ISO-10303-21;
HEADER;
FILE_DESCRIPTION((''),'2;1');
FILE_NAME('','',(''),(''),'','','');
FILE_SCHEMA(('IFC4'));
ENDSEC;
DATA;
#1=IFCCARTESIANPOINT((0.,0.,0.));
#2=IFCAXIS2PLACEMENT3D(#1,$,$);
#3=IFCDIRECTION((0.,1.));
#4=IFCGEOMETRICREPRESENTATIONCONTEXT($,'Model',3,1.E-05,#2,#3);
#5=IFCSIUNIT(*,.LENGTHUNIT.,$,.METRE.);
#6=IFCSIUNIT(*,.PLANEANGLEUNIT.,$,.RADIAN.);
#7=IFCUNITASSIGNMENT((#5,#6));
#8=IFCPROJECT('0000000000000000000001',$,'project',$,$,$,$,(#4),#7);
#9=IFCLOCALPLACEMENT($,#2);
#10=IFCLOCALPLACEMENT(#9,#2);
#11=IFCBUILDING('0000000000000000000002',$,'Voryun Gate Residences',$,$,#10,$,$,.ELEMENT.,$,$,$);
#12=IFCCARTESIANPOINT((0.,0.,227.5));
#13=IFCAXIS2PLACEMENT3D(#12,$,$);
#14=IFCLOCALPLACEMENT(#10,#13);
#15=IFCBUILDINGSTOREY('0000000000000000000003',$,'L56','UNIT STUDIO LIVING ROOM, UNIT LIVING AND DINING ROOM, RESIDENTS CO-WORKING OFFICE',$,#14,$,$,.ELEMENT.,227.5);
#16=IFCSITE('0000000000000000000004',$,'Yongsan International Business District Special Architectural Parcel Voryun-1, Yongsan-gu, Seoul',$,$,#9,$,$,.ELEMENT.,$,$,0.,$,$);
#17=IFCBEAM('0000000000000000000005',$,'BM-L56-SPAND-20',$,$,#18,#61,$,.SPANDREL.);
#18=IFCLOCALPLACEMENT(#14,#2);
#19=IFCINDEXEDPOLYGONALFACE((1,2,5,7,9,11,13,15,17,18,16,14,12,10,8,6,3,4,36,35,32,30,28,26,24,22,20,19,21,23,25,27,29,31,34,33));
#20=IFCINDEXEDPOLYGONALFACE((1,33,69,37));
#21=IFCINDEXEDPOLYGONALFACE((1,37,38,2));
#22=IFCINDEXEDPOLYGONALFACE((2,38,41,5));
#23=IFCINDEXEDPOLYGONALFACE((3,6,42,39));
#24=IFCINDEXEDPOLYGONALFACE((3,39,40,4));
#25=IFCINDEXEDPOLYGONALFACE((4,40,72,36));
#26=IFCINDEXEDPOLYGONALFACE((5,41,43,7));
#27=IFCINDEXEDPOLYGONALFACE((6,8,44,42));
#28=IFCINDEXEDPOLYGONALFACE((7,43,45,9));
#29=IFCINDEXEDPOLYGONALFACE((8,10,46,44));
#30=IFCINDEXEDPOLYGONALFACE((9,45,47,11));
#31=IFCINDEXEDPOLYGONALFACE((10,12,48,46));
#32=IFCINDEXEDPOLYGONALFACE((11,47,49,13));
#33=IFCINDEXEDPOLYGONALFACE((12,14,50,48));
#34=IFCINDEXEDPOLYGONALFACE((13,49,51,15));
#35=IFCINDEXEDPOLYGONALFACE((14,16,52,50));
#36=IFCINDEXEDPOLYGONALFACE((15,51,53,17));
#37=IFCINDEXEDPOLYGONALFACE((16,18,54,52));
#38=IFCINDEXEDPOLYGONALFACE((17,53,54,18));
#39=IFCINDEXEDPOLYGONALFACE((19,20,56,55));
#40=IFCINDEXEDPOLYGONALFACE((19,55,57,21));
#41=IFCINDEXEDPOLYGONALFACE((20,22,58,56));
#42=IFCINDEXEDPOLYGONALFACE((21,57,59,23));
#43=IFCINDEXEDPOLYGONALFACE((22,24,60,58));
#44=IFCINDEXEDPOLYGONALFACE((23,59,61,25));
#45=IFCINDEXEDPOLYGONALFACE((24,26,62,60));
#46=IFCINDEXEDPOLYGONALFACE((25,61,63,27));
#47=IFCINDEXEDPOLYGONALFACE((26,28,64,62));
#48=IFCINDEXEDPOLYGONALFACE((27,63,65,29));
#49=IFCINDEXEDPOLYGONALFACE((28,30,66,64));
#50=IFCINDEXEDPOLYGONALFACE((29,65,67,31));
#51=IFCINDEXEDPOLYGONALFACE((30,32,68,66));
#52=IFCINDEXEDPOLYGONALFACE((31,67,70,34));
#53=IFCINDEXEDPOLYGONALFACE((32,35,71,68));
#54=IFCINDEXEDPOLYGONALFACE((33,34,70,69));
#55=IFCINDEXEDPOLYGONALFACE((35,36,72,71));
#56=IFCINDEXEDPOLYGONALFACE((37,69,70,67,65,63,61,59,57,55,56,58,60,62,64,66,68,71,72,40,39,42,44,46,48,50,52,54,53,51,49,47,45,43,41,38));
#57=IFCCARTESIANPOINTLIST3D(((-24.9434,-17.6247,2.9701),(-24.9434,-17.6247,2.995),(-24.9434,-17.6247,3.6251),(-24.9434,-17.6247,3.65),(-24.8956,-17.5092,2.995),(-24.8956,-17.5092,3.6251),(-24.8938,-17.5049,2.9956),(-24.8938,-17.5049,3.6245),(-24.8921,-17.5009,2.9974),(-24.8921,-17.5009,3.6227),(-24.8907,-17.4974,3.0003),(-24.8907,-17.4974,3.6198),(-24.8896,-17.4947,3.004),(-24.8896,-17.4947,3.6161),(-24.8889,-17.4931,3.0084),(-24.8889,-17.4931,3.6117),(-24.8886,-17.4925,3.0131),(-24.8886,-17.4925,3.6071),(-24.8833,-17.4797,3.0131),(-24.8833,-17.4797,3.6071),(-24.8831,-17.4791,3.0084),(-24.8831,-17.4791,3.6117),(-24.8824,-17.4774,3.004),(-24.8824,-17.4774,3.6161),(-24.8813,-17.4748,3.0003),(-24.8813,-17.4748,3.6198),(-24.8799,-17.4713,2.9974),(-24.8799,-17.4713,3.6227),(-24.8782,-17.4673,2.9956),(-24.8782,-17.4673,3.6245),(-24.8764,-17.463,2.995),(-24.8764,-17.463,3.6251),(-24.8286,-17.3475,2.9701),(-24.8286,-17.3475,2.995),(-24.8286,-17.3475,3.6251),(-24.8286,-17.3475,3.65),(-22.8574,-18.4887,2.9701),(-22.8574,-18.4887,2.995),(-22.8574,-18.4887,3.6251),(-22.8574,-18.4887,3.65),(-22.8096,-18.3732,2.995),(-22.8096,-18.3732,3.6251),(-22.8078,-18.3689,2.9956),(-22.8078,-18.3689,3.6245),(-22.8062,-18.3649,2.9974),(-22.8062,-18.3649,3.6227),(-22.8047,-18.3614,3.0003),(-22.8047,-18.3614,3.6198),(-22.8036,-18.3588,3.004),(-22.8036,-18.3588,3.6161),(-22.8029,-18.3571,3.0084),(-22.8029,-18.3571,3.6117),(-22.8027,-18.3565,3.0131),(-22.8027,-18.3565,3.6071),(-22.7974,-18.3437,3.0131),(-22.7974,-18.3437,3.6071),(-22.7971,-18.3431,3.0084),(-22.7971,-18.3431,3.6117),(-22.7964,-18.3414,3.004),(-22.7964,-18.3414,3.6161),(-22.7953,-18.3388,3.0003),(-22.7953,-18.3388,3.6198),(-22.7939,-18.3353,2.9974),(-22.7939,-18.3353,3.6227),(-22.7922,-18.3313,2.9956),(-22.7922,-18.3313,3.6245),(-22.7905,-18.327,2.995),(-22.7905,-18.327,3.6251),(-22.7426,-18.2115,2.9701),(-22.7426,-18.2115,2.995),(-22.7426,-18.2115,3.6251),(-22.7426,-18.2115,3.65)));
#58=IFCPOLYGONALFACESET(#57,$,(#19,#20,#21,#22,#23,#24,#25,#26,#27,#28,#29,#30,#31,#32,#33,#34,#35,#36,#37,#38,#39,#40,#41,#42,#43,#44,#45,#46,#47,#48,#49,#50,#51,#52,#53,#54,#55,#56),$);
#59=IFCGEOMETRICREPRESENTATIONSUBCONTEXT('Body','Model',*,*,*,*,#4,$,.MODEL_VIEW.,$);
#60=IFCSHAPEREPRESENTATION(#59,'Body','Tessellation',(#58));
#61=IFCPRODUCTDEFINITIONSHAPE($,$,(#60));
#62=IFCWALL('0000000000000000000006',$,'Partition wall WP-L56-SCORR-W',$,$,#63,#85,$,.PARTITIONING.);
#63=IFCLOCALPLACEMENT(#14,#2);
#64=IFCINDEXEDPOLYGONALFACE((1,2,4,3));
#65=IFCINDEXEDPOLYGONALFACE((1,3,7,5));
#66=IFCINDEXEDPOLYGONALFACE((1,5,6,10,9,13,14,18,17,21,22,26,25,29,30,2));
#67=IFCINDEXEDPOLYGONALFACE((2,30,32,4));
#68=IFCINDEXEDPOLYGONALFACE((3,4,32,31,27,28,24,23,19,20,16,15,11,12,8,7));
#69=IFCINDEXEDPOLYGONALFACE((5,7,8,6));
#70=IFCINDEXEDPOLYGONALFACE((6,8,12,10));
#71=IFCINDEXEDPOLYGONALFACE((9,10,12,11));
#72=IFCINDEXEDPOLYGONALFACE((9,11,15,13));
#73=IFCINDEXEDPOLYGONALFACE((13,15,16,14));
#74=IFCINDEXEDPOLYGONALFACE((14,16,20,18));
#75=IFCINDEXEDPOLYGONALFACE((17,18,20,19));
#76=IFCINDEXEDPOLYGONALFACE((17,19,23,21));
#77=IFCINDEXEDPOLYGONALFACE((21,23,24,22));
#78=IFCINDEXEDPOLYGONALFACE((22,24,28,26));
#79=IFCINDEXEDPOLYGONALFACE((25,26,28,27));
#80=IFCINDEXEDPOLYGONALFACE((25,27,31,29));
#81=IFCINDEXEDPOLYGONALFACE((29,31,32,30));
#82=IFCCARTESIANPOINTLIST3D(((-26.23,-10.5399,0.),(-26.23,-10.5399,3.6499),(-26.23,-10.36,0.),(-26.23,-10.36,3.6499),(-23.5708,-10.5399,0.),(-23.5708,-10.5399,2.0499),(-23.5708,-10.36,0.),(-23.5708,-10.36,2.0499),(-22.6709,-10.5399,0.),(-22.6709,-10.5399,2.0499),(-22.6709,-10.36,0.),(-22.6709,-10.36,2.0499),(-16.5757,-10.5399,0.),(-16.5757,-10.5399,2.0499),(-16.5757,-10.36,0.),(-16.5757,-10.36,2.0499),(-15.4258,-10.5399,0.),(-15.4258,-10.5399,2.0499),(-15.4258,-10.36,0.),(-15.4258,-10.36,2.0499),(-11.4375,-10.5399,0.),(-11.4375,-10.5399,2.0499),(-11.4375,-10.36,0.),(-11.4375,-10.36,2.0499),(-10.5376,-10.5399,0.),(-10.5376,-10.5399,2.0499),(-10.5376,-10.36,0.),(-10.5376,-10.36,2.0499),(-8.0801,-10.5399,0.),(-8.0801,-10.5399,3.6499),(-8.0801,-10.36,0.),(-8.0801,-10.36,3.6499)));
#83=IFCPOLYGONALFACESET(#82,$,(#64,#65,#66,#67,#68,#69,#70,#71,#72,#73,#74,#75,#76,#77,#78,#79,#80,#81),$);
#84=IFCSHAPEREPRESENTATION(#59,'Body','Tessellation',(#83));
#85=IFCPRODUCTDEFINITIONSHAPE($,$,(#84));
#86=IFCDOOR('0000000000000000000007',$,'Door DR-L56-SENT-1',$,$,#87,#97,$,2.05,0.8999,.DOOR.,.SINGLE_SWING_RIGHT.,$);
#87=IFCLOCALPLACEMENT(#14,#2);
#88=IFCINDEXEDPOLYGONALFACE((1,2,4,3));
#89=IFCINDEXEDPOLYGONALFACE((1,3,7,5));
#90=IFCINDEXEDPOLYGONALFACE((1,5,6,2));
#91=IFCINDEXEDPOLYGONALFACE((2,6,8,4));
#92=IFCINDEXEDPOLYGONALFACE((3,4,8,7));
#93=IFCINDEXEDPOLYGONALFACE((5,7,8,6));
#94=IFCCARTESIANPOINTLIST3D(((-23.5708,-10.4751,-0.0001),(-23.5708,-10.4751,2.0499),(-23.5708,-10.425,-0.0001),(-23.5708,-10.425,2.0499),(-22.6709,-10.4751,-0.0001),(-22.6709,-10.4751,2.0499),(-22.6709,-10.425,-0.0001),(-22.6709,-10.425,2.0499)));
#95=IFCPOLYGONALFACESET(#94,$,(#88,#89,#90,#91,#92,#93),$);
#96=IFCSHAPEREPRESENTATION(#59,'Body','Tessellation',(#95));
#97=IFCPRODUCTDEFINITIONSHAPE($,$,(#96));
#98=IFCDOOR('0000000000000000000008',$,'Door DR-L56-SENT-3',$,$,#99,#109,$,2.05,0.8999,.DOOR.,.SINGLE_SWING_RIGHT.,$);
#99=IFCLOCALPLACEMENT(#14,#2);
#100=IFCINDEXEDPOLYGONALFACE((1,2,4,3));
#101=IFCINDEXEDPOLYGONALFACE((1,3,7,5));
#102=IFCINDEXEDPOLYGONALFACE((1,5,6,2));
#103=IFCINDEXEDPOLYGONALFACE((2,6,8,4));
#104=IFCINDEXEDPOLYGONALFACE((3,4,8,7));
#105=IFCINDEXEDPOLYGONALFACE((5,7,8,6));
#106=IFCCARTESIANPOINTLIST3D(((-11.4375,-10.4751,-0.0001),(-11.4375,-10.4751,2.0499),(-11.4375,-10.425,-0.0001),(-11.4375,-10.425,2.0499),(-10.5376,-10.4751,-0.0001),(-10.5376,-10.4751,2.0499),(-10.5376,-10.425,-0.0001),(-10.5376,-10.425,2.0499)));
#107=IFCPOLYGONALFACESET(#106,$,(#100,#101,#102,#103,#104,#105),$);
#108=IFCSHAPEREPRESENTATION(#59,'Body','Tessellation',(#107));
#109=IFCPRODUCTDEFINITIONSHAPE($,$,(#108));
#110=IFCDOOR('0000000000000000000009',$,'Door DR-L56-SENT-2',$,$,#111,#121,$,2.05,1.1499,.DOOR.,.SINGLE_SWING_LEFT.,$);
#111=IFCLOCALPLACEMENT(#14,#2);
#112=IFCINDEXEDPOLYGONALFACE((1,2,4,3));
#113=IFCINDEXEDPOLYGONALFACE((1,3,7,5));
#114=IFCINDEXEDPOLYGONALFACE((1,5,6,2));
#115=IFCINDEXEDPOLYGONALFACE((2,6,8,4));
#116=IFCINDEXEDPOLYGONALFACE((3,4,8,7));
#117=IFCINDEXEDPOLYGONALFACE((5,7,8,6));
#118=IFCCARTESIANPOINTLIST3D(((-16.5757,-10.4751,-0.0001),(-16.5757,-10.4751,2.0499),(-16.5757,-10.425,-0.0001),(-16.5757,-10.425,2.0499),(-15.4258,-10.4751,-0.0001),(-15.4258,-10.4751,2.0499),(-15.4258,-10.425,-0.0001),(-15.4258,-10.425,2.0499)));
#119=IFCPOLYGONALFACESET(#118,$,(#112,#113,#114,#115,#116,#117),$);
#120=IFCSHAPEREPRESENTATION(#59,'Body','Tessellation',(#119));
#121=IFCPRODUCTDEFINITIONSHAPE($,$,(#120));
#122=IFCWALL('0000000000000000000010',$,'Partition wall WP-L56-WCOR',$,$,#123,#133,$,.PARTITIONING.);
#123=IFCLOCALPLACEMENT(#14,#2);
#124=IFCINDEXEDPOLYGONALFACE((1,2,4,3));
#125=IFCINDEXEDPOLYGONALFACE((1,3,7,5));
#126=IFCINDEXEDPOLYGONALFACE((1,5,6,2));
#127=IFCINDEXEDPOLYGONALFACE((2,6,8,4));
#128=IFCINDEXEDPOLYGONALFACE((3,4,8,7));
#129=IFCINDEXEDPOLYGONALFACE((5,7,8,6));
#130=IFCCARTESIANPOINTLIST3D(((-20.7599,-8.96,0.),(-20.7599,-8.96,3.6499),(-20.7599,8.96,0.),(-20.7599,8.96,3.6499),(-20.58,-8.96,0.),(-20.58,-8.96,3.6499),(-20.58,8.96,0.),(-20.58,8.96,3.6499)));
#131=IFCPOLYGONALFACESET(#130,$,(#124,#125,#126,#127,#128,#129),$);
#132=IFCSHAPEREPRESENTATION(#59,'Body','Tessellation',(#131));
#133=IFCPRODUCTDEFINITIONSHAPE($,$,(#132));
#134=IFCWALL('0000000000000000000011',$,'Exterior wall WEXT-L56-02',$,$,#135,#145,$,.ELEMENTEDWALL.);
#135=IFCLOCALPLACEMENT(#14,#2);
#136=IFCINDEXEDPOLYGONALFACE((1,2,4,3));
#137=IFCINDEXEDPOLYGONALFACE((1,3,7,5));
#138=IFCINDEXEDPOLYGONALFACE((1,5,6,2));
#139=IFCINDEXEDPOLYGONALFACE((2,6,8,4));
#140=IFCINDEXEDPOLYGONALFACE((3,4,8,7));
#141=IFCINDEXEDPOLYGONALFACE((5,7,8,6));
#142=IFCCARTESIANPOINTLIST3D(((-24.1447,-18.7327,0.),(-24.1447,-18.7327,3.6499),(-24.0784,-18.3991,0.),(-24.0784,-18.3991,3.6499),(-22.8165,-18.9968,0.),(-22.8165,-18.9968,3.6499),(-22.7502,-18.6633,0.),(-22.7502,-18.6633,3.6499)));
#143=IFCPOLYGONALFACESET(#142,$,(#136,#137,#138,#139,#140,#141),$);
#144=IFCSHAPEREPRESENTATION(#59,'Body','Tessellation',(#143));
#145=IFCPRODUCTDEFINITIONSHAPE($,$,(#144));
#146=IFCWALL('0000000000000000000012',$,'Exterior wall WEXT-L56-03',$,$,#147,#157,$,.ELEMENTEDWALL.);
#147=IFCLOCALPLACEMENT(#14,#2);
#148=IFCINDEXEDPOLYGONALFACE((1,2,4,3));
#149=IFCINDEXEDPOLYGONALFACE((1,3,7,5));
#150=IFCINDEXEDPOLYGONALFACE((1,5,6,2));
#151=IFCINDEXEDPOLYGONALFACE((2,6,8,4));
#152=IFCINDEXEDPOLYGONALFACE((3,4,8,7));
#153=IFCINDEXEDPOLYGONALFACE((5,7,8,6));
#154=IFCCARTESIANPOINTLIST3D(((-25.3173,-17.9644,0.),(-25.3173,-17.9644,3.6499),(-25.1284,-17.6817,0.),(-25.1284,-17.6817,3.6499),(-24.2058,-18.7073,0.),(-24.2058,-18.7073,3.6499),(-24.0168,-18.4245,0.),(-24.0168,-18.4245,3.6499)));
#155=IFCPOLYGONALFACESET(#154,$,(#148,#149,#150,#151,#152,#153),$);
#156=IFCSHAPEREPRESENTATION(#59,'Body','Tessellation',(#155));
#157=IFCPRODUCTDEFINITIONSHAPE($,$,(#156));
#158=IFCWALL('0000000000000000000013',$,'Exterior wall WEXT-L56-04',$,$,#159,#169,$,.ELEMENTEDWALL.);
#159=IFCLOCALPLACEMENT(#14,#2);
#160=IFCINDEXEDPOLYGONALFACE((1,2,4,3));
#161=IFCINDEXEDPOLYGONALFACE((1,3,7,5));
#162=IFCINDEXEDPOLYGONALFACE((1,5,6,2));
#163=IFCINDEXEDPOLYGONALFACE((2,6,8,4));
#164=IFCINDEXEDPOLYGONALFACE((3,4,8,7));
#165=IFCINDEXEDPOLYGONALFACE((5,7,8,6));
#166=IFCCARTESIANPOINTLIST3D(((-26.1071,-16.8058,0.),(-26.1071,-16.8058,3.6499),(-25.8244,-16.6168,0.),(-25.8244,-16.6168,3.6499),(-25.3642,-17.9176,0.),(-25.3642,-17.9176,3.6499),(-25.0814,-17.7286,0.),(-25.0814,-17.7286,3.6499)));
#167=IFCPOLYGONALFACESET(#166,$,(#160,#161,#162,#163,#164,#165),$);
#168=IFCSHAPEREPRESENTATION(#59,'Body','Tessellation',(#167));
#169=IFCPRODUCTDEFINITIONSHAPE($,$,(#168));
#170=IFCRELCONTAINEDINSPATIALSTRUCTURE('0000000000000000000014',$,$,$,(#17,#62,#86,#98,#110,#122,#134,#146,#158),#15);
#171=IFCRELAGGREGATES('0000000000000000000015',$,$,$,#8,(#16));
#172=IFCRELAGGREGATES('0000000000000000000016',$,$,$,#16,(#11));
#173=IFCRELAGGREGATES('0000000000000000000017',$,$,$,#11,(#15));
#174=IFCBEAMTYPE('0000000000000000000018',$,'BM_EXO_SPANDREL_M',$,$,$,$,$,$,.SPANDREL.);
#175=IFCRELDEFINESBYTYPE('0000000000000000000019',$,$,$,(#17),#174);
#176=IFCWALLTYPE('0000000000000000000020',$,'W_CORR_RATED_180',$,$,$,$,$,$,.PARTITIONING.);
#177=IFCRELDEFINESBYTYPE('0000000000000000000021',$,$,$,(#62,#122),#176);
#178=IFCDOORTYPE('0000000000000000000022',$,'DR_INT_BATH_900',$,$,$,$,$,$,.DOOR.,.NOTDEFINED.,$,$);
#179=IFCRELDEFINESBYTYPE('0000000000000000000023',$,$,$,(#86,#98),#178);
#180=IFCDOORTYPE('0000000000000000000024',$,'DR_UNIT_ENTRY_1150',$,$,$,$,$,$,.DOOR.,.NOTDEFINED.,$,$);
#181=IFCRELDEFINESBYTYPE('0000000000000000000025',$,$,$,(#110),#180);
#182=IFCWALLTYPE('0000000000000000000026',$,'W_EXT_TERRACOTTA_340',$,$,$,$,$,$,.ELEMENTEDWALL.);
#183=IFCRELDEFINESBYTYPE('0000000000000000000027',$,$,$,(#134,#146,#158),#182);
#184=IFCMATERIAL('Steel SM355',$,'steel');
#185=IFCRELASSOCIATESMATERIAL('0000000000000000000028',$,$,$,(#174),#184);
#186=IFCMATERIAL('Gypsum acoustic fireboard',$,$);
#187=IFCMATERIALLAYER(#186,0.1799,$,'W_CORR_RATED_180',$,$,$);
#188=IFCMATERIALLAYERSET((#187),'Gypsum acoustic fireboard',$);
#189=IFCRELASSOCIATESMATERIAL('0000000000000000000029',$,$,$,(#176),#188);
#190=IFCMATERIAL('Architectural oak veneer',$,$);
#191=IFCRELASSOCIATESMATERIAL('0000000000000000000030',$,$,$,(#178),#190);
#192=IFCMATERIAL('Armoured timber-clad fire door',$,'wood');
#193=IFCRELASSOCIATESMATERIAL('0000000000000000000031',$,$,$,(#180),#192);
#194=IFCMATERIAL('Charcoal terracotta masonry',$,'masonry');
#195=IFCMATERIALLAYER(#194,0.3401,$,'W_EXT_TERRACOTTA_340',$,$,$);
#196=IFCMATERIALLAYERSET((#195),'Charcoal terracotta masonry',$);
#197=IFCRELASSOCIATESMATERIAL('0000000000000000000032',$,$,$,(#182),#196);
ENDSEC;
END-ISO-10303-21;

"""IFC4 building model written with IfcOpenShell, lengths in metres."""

from ifc_helpers import new_model, si_unit, direction, frame, frame_2d, origin, origin_2d, place, context, subcontext, project, spatial, rectangle, i_section, extrude, material, layer, layer_set, material_profile, profile_set, type_object, element, fill, save


model = new_model("IFC4")

# Units and contexts
model_context = context("Model", 3, precision=1e-05, world=origin(), true_north=direction((0.0, 1.0)))
body_context = subcontext(model_context, "Body", "Model", "MODEL_VIEW")
ifc_project = project(units=[si_unit("LENGTHUNIT", "METRE"), si_unit("PLANEANGLEUNIT", "RADIAN")], contexts=[model_context])

# Site, building, storey
site_placement = place(None, origin())
site = spatial("IfcSite", under=ifc_project, at=site_placement, Name="Yongsan International Business District Special Architectural Parcel Voryun-1, Yongsan-gu, Seoul", CompositionType="ELEMENT", RefElevation=0.0)
building_placement = place(site_placement, origin())
building = spatial("IfcBuilding", under=site, at=building_placement, Name="Voryun Gate Residences", CompositionType="ELEMENT")
storey_placement = place(building_placement, frame((0.0, 0.0, 227.5)))
storey = spatial("IfcBuildingStorey", under=building, at=storey_placement, Name="L56", Description="UNIT STUDIO LIVING ROOM, UNIT LIVING AND DINING ROOM, RESIDENTS CO-WORKING OFFICE", CompositionType="ELEMENT", Elevation=227.5)

# Beam
ifc_material_1 = material(Name="Steel SM355", Category="steel")
ifc_material_profile_1 = material_profile(ifc_material_1, i_section(OverallWidth=0.3, OverallDepth=0.6799, WebThickness=0.0139, FlangeThickness=0.0249, FilletRadius=0.0181, at=origin_2d()), Name="H-680x300x14x25")
ifc_profile_set_1 = profile_set([ifc_material_profile_1], Name="Steel SM355")
beam_type = type_object("IfcBeamType", Name="BM_EXO_SPANDREL_M", PredefinedType="SPANDREL", material=ifc_profile_set_1)
beam_1_placement = place(storey_placement, frame((-24.886, -17.4861, 3.3101), z_axis=(0.923881, -0.38268, 0.0), x_axis=(0.38268, 0.923881, 0.0)))
element("IfcBeam", 1, at=beam_1_placement, inside=storey, type_object=beam_type, Name="BM-L56-SPAND-20", PredefinedType="SPANDREL", context=body_context, shape_type="SweptSolid", body=[
    extrude(i_section(OverallWidth=0.3, OverallDepth=0.6799, WebThickness=0.0139, FlangeThickness=0.0249, FilletRadius=0.0181, at=origin_2d()), origin(), (0.0, 0.0, 1.0), 2.2578),
])

# Wall, openings, doors
ifc_material_2 = material(Name="Gypsum acoustic fireboard")
ifc_layer_1 = layer(ifc_material_2, 0.1799, Name="W_CORR_RATED_180")
ifc_layer_set_1 = layer_set([ifc_layer_1], Name="Gypsum acoustic fireboard")
wall_type_1 = type_object("IfcWallType", Name="W_CORR_RATED_180", PredefinedType="PARTITIONING", material=ifc_layer_set_1)
wall_1_placement = place(storey_placement, frame((-26.23, -10.45, 0.0), z_axis=(0.0, 0.0, 1.0), x_axis=(1.0, 0.0, 0.0)))
wall_1 = element("IfcWall", 2, at=wall_1_placement, inside=storey, type_object=wall_type_1, Name="Partition wall WP-L56-SCORR-W", PredefinedType="PARTITIONING", context=body_context, shape_type="SweptSolid", body=[
    extrude(rectangle(XDim=18.1499, YDim=0.1799, at=frame_2d((9.075, 0.0))), origin(), (0.0, 0.0, 1.0), 3.6499),
])
opening_1_placement = place(wall_1_placement, frame((2.6592, 0.0, 0.0)))
opening_1 = element("IfcOpeningElement", 3, at=opening_1_placement, cuts=wall_1, PredefinedType="OPENING", context=body_context, shape_type="SweptSolid", body=[
    extrude(rectangle(XDim=0.8999, YDim=2.05, at=frame_2d((0.45, 1.0249))), frame((0.0, 0.0999, 0.0), z_axis=(0.0, -1.0, 0.0), x_axis=(1.0, 0.0, 0.0)), (0.0, 0.0, 1.0), 0.2),
])
opening_2_placement = place(wall_1_placement, frame((9.6543, 0.0, 0.0)))
opening_2 = element("IfcOpeningElement", 4, at=opening_2_placement, cuts=wall_1, PredefinedType="OPENING", context=body_context, shape_type="SweptSolid", body=[
    extrude(rectangle(XDim=1.1499, YDim=2.05, at=frame_2d((0.575, 1.0249))), frame((0.0, 0.0999, 0.0), z_axis=(0.0, -1.0, 0.0), x_axis=(1.0, 0.0, 0.0)), (0.0, 0.0, 1.0), 0.2),
])
opening_3_placement = place(wall_1_placement, frame((14.7925, 0.0, 0.0)))
opening_3 = element("IfcOpeningElement", 5, at=opening_3_placement, cuts=wall_1, PredefinedType="OPENING", context=body_context, shape_type="SweptSolid", body=[
    extrude(rectangle(XDim=0.8999, YDim=2.05, at=frame_2d((0.45, 1.0249))), frame((0.0, 0.0999, 0.0), z_axis=(0.0, -1.0, 0.0), x_axis=(1.0, 0.0, 0.0)), (0.0, 0.0, 1.0), 0.2),
])
ifc_material_3 = material(Name="Architectural oak veneer")
door_type_1 = type_object("IfcDoorType", Name="DR_INT_BATH_900", OperationType="NOTDEFINED", PredefinedType="DOOR", material=ifc_material_3)
door_1_placement = place(opening_1_placement, origin())
door_1 = element("IfcDoor", 6, at=door_1_placement, inside=storey, type_object=door_type_1, Name="Door DR-L56-SENT-1", OperationType="SINGLE_SWING_RIGHT", OverallHeight=2.05, OverallWidth=0.8999, PredefinedType="DOOR", context=body_context, shape_type="SweptSolid", body=[
    extrude(rectangle(XDim=0.8999, YDim=2.05, at=frame_2d((0.45, 1.0249))), frame((0.0, 0.0249, 0.0), z_axis=(0.0, -1.0, 0.0), x_axis=(1.0, 0.0, 0.0)), (0.0, 0.0, 1.0), 0.05),
])
fill(opening_1, door_1)
door_2_placement = place(opening_3_placement, origin())
door_2 = element("IfcDoor", 7, at=door_2_placement, inside=storey, type_object=door_type_1, Name="Door DR-L56-SENT-3", OperationType="SINGLE_SWING_RIGHT", OverallHeight=2.05, OverallWidth=0.8999, PredefinedType="DOOR", context=body_context, shape_type="SweptSolid", body=[
    extrude(rectangle(XDim=0.8999, YDim=2.05, at=frame_2d((0.45, 1.0249))), frame((0.0, 0.0249, 0.0), z_axis=(0.0, -1.0, 0.0), x_axis=(1.0, 0.0, 0.0)), (0.0, 0.0, 1.0), 0.05),
])
fill(opening_3, door_2)
ifc_material_4 = material(Name="Armoured timber-clad fire door", Category="wood")
door_type_2 = type_object("IfcDoorType", Name="DR_UNIT_ENTRY_1150", OperationType="NOTDEFINED", PredefinedType="DOOR", material=ifc_material_4)
door_3_placement = place(opening_2_placement, origin())
door_3 = element("IfcDoor", 8, at=door_3_placement, inside=storey, type_object=door_type_2, Name="Door DR-L56-SENT-2", OperationType="SINGLE_SWING_LEFT", OverallHeight=2.05, OverallWidth=1.1499, PredefinedType="DOOR", context=body_context, shape_type="SweptSolid", body=[
    extrude(rectangle(XDim=1.1499, YDim=2.05, at=frame_2d((0.575, 1.0249))), frame((0.0, 0.0249, 0.0), z_axis=(0.0, -1.0, 0.0), x_axis=(1.0, 0.0, 0.0)), (0.0, 0.0, 1.0), 0.05),
])
fill(opening_2, door_3)

# Walls
wall_2_placement = place(storey_placement, frame((-20.6699, -8.96, 0.0), z_axis=(0.0, 0.0, 1.0), x_axis=(0.0, 1.0, 0.0)))
element("IfcWall", 9, at=wall_2_placement, inside=storey, type_object=wall_type_1, Name="Partition wall WP-L56-WCOR", PredefinedType="PARTITIONING", context=body_context, shape_type="SweptSolid", body=[
    extrude(rectangle(XDim=17.9199, YDim=0.1799, at=frame_2d((8.96, 0.0))), origin(), (0.0, 0.0, 1.0), 3.6499),
])
ifc_material_5 = material(Name="Charcoal terracotta masonry", Category="masonry")
ifc_layer_2 = layer(ifc_material_5, 0.3401, Name="W_EXT_TERRACOTTA_340")
ifc_layer_set_2 = layer_set([ifc_layer_2], Name="Charcoal terracotta masonry")
wall_type_2 = type_object("IfcWallType", Name="W_EXT_TERRACOTTA_340", PredefinedType="ELEMENTEDWALL", material=ifc_layer_set_2)
wall_3_placement = place(storey_placement, frame((-22.7832, -18.8301, 0.0), z_axis=(0.0, 0.0, 1.0), x_axis=(-0.980788, 0.195076, 0.0)))
element("IfcWall", 10, at=wall_3_placement, inside=storey, type_object=wall_type_2, Name="Exterior wall WEXT-L56-02", PredefinedType="ELEMENTEDWALL", context=body_context, shape_type="SweptSolid", body=[
    extrude(rectangle(XDim=1.3542, YDim=0.3401, at=frame_2d((0.6772, 0.0))), origin(), (0.0, 0.0, 1.0), 3.6499),
])
wall_4_placement = place(storey_placement, frame((-24.1113, -18.5659, 0.0), z_axis=(0.0, 0.0, 1.0), x_axis=(-0.831404, 0.555669, 0.0)))
element("IfcWall", 11, at=wall_4_placement, inside=storey, type_object=wall_type_2, Name="Exterior wall WEXT-L56-03", PredefinedType="ELEMENTEDWALL", context=body_context, shape_type="SweptSolid", body=[
    extrude(rectangle(XDim=1.3369, YDim=0.3401, at=frame_2d((0.6685, 0.0))), origin(), (0.0, 0.0, 1.0), 3.6499),
])
wall_5_placement = place(storey_placement, frame((-25.2229, -17.823, 0.0), z_axis=(0.0, 0.0, 1.0), x_axis=(-0.555585, 0.83146, 0.0)))
element("IfcWall", 12, at=wall_5_placement, inside=storey, type_object=wall_type_2, Name="Exterior wall WEXT-L56-04", PredefinedType="ELEMENTEDWALL", context=body_context, shape_type="SweptSolid", body=[
    extrude(rectangle(XDim=1.3372, YDim=0.3401, at=frame_2d((0.6685, 0.0))), origin(), (0.0, 0.0, 1.0), 3.6499),
])

save(model, "model.ifc")
